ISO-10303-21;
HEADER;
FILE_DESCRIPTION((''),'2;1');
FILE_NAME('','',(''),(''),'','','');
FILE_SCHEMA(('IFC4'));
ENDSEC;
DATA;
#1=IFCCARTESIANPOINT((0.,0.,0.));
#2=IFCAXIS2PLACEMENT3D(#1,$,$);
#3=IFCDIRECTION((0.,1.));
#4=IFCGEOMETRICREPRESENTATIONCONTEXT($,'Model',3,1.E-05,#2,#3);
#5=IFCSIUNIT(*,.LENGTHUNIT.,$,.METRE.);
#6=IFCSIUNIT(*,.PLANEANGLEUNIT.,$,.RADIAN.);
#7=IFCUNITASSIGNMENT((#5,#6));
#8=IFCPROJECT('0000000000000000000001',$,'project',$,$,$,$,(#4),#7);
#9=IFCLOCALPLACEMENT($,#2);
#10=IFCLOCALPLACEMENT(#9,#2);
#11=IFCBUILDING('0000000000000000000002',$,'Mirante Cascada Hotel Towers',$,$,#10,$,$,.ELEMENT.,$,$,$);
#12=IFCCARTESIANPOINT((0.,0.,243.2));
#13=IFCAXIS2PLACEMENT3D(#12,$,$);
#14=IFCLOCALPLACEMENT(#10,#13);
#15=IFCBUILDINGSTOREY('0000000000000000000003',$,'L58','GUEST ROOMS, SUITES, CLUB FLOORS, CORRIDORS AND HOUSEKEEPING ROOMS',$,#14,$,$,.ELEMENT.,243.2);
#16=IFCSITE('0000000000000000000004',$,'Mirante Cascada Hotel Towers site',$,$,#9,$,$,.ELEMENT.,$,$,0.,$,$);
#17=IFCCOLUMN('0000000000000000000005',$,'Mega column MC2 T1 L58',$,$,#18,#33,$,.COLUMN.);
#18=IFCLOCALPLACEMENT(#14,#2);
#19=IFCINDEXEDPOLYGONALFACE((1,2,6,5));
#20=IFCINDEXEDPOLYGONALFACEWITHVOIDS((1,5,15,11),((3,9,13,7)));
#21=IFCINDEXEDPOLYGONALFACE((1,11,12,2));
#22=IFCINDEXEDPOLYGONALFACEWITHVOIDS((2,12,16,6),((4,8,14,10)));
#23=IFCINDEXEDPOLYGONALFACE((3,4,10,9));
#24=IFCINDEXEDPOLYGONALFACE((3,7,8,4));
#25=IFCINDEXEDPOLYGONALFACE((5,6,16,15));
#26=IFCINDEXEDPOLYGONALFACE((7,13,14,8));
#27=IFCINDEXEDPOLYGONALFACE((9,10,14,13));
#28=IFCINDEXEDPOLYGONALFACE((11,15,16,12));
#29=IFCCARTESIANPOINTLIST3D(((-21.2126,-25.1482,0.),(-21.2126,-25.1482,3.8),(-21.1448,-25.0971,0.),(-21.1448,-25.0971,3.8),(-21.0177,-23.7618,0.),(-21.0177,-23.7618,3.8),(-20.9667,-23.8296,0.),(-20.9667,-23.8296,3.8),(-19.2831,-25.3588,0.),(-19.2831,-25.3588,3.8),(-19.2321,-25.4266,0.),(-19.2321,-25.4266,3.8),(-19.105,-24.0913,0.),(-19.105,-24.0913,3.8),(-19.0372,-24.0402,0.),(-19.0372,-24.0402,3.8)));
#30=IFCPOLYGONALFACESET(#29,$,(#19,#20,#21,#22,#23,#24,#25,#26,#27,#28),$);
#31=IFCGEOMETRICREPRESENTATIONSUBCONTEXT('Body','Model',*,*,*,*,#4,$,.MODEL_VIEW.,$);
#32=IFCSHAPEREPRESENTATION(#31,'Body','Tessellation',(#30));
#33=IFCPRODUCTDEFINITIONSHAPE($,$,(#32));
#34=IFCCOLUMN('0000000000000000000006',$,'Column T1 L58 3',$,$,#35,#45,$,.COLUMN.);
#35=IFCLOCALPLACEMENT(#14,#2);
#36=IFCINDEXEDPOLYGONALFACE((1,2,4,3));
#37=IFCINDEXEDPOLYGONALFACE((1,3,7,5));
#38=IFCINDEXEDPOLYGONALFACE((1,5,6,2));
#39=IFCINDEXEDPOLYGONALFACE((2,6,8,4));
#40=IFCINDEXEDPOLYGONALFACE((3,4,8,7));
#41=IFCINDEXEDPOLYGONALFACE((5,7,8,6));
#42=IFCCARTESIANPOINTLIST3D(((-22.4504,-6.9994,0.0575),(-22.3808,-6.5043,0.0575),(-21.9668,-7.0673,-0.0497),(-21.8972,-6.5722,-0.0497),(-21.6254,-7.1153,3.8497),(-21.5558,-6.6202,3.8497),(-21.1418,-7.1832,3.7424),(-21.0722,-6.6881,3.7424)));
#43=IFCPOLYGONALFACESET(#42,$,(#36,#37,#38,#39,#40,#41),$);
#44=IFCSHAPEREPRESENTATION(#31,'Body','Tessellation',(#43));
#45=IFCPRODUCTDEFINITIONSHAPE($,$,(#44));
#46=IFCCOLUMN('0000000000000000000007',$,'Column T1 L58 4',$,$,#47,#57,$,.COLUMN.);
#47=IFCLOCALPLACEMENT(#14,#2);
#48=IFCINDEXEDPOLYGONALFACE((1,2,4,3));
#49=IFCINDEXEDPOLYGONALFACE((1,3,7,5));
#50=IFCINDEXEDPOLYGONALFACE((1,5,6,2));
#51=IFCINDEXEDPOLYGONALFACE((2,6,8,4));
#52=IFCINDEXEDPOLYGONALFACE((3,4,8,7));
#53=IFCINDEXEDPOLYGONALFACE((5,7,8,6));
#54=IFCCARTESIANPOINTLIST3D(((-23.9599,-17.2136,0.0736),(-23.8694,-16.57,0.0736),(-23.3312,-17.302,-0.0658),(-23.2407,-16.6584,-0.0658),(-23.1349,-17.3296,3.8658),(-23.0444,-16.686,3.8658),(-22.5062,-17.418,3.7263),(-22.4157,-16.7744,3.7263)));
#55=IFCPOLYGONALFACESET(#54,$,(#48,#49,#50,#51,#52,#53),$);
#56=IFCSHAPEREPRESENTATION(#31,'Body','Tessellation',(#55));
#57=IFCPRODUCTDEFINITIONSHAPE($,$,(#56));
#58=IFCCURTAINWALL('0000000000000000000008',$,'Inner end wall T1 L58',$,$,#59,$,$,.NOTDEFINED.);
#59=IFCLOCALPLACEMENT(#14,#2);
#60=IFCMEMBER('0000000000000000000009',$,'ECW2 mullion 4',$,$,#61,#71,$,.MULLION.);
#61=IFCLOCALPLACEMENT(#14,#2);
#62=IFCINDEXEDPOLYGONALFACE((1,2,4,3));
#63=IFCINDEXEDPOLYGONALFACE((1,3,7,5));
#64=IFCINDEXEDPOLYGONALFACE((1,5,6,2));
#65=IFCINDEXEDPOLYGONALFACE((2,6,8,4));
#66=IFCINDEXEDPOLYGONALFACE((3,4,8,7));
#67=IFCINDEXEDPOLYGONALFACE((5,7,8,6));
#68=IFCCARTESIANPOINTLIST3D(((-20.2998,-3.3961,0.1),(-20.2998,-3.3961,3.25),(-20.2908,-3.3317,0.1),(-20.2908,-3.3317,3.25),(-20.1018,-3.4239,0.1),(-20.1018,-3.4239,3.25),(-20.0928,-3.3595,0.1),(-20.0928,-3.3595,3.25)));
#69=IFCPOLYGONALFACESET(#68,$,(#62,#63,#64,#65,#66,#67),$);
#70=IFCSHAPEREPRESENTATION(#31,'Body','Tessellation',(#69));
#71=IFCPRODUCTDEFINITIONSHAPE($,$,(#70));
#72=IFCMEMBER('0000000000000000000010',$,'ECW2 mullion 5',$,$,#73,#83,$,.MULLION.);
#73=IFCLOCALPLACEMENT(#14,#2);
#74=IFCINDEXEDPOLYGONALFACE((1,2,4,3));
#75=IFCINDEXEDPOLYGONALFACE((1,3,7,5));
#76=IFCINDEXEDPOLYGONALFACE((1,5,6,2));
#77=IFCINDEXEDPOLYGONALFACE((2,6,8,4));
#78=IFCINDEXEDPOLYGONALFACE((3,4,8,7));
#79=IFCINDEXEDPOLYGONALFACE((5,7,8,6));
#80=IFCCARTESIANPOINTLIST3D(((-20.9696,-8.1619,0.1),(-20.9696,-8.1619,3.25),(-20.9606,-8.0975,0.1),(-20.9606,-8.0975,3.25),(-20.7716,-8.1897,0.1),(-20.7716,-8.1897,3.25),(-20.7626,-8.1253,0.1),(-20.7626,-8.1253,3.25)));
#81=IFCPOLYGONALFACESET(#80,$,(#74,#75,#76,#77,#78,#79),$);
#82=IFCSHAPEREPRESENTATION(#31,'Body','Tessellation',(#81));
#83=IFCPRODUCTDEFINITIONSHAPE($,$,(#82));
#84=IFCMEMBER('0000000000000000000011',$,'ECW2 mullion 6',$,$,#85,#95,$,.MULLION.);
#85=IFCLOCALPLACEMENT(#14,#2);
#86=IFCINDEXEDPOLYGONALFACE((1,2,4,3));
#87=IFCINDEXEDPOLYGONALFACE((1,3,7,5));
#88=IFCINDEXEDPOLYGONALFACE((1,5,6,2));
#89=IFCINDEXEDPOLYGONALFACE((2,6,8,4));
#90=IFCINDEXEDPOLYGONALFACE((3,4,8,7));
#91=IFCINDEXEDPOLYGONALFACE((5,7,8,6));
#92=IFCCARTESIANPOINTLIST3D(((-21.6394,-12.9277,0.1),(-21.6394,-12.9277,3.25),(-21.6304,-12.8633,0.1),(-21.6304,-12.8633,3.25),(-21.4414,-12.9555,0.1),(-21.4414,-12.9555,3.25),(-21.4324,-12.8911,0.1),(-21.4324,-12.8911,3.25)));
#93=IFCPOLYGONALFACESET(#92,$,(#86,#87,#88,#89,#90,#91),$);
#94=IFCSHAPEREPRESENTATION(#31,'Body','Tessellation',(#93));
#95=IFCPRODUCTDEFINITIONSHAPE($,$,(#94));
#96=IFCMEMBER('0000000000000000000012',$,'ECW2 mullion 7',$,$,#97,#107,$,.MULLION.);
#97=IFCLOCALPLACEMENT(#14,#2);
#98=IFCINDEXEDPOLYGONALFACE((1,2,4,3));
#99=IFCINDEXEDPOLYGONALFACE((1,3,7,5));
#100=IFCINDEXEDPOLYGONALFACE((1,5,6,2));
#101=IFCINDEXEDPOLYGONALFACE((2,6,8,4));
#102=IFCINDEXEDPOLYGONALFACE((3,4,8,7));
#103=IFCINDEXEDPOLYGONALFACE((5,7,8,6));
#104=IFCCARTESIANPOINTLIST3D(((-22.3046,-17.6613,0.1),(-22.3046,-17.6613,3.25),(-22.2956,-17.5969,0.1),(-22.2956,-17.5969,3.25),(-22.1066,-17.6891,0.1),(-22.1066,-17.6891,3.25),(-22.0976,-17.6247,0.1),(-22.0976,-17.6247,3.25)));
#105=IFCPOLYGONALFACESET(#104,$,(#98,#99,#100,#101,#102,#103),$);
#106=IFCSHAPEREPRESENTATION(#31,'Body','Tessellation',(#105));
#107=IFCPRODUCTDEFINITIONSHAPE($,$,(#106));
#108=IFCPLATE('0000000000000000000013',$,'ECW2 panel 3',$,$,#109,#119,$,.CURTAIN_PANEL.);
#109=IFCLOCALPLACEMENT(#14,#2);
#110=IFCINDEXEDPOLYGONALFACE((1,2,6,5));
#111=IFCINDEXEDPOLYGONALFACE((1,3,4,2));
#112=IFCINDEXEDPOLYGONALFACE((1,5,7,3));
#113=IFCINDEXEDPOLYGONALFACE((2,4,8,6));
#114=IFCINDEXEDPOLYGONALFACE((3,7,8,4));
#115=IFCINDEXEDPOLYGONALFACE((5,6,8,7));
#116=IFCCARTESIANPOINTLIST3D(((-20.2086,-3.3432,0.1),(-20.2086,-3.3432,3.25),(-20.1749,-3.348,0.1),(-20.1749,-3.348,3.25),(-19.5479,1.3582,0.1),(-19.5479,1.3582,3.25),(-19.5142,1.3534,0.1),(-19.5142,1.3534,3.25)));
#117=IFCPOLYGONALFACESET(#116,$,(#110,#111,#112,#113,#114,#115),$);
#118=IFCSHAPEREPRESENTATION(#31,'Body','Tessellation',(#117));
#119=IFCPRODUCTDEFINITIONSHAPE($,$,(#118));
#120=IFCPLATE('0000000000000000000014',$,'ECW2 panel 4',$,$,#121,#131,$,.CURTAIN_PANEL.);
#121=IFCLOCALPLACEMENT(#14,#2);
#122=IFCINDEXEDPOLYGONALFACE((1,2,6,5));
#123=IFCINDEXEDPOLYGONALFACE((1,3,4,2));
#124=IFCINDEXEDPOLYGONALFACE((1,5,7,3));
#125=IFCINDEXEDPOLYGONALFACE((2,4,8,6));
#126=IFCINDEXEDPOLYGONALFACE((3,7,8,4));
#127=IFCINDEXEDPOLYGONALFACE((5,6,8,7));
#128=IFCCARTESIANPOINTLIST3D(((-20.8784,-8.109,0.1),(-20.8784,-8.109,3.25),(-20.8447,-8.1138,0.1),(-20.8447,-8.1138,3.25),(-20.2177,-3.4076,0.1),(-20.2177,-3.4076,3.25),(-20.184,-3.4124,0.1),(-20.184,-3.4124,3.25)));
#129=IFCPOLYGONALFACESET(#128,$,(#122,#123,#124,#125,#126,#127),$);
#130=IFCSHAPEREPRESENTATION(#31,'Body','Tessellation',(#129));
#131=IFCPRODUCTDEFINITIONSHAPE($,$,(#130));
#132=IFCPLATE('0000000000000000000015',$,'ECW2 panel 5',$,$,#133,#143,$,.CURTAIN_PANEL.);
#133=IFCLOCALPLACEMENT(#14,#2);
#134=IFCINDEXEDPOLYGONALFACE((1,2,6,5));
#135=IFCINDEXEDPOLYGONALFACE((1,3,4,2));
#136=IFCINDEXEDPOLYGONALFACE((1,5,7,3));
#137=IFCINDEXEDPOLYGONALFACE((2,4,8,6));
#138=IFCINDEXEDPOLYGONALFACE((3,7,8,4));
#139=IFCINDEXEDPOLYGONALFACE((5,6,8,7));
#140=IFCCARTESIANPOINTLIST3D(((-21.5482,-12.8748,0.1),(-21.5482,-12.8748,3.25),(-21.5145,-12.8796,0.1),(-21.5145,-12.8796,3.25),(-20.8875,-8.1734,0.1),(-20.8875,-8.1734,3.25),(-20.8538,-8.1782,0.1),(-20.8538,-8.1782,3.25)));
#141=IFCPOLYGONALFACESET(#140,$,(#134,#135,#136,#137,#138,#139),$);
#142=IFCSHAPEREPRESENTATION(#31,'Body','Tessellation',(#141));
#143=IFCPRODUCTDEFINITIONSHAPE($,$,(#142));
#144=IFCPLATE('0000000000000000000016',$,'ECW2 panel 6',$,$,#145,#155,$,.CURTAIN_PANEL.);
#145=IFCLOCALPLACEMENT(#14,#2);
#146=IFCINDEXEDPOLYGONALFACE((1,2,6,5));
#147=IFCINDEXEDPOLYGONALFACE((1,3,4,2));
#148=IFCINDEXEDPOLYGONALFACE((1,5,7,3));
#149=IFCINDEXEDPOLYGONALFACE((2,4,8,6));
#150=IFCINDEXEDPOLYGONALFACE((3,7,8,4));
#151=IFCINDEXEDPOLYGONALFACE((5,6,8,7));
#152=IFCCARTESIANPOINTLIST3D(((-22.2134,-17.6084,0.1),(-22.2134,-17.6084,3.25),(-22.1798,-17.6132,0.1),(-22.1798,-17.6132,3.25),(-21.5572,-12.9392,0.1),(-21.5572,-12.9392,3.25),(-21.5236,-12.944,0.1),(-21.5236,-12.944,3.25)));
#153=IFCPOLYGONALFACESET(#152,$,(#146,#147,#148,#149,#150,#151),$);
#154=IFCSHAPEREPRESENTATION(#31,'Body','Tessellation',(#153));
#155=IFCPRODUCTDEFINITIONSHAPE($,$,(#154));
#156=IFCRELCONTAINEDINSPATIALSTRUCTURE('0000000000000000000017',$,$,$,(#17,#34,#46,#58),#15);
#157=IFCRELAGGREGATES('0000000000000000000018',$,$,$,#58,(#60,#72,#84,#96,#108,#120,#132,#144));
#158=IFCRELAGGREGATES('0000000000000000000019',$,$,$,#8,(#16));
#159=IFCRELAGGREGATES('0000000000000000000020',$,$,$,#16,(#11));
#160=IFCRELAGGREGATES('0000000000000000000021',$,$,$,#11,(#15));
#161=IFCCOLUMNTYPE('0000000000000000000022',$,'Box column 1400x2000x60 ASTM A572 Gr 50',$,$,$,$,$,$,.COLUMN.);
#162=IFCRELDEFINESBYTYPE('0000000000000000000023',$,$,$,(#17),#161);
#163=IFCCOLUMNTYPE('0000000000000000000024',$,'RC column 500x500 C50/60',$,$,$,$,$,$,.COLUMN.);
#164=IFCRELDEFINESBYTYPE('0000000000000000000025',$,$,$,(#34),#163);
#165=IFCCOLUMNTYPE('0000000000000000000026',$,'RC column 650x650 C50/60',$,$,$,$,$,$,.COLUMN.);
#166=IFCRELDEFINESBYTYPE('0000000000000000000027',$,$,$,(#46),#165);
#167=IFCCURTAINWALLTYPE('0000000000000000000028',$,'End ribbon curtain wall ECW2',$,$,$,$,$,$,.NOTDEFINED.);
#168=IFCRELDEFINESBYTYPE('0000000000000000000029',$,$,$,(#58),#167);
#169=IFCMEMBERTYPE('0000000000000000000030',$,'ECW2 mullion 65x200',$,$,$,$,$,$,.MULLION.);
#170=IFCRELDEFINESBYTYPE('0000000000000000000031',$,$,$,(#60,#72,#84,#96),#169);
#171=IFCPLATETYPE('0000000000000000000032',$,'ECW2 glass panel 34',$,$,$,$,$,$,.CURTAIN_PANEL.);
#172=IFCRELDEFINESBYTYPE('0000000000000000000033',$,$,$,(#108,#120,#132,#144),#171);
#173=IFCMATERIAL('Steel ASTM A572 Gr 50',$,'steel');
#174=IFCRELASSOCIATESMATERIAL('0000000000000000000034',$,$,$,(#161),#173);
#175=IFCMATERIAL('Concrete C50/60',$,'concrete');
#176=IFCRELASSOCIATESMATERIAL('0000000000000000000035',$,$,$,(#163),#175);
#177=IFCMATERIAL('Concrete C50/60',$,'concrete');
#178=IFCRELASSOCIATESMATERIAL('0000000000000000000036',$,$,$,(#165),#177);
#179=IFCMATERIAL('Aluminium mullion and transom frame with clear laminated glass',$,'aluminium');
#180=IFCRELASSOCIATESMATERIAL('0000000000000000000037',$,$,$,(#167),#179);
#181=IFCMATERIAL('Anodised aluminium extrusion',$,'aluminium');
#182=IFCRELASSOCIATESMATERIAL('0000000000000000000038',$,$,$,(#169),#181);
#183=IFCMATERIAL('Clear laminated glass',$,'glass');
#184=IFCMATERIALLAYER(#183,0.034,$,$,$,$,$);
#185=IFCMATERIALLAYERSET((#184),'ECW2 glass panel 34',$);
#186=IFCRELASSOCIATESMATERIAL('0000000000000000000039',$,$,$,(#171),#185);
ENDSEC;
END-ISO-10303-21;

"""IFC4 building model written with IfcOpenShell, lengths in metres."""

from ifc_helpers import new_model, si_unit, direction, frame, origin, origin_2d, place, context, subcontext, project, spatial, rectangle, hollow_rectangle, extrude, material, layer, layer_set, material_profile, profile_set, type_object, element, aggregate, save


model = new_model("IFC4")

# Units and contexts
model_context = context("Model", 3, precision=1e-05, world=origin(), true_north=direction((0.0, 1.0)))
body_context = subcontext(model_context, "Body", "Model", "MODEL_VIEW")
ifc_project = project(units=[si_unit("LENGTHUNIT", "METRE"), si_unit("PLANEANGLEUNIT", "RADIAN")], contexts=[model_context])

# Site, building, storey
site_placement = place(None, origin())
site = spatial("IfcSite", under=ifc_project, at=site_placement, Name="Mirante Cascada Hotel Towers site", CompositionType="ELEMENT", RefElevation=0.0)
building_placement = place(site_placement, origin())
building = spatial("IfcBuilding", under=site, at=building_placement, Name="Mirante Cascada Hotel Towers", CompositionType="ELEMENT")
storey_placement = place(building_placement, frame((0.0, 0.0, 243.2)))
storey = spatial("IfcBuildingStorey", under=building, at=storey_placement, Name="L58", Description="GUEST ROOMS, SUITES, CLUB FLOORS, CORRIDORS AND HOUSEKEEPING ROOMS", CompositionType="ELEMENT", Elevation=243.2)

# Columns
ifc_material_1 = material(Name="Steel ASTM A572 Gr 50", Category="steel")
ifc_material_profile_1 = material_profile(ifc_material_1, hollow_rectangle(XDim=2.0, YDim=1.4, WallThickness=0.06, at=origin_2d()), Name="Box column 1400x2000x60 ASTM A572 Gr 50")
ifc_profile_set_1 = profile_set([ifc_material_profile_1], Name="Steel ASTM A572 Gr 50")
column_type_1 = type_object("IfcColumnType", Name="Box column 1400x2000x60 ASTM A572 Gr 50", PredefinedType="COLUMN", material=ifc_profile_set_1)
column_1_placement = place(storey_placement, frame((-20.1249, -24.5942, 0.0), z_axis=(0.0, 0.0, 1.0), x_axis=(-0.990268, 0.139173, 0.0)))
element("IfcColumn", 1, at=column_1_placement, inside=storey, type_object=column_type_1, Name="Mega column MC2 T1 L58", PredefinedType="COLUMN", context=body_context, shape_type="SweptSolid", body=[
    extrude(hollow_rectangle(XDim=2.0, YDim=1.4, WallThickness=0.06, at=origin_2d()), origin(), (0.0, 0.0, 1.0), 3.8),
])
ifc_material_2 = material(Name="Concrete C50/60", Category="concrete")
ifc_material_profile_2 = material_profile(ifc_material_2, rectangle(XDim=0.5, YDim=0.5, at=origin_2d()), Name="RC column 500x500 C50/60")
ifc_profile_set_2 = profile_set([ifc_material_profile_2], Name="Concrete C50/60")
column_type_2 = type_object("IfcColumnType", Name="RC column 500x500 C50/60", PredefinedType="COLUMN", material=ifc_profile_set_2)
column_2_placement = place(storey_placement, frame((-22.1738, -6.7858, 0.0039), z_axis=(0.212485, -0.029851, 0.976708), x_axis=(0.139119, 0.990276, 0.0)))
element("IfcColumn", 2, at=column_2_placement, inside=storey, type_object=column_type_2, Name="Column T1 L58 3", PredefinedType="COLUMN", context=body_context, shape_type="SweptSolid", body=[
    extrude(rectangle(XDim=0.5, YDim=0.5, at=origin_2d()), origin(), (0.0, 0.0, 1.0), 3.8826),
])
ifc_material_3 = material(Name="Concrete C50/60", Category="concrete")
ifc_material_profile_3 = material_profile(ifc_material_3, rectangle(XDim=0.65, YDim=0.65, at=origin_2d()), Name="RC column 650x650 C50/60")
ifc_profile_set_3 = profile_set([ifc_material_profile_3], Name="Concrete C50/60")
column_type_3 = type_object("IfcColumnType", Name="RC column 650x650 C50/60", PredefinedType="COLUMN", material=ifc_profile_set_3)
column_3_placement = place(storey_placement, frame((-23.6003, -16.936, 0.0039), z_axis=(0.212484, -0.029877, 0.976708), x_axis=(0.139236, 0.990259, 0.0)))
element("IfcColumn", 3, at=column_3_placement, inside=storey, type_object=column_type_3, Name="Column T1 L58 4", PredefinedType="COLUMN", context=body_context, shape_type="SweptSolid", body=[
    extrude(rectangle(XDim=0.65, YDim=0.65, at=origin_2d()), origin(), (0.0, 0.0, 1.0), 3.8826),
])

# Curtain wall, members, plates
ifc_material_4 = material(Name="Aluminium mullion and transom frame with clear laminated glass", Category="aluminium")
curtain_wall_type = type_object("IfcCurtainWallType", Name="End ribbon curtain wall ECW2", PredefinedType="NOTDEFINED", material=ifc_material_4)
curtain_wall_placement = place(storey_placement, origin())
curtain_wall = element("IfcCurtainWall", 4, at=curtain_wall_placement, inside=storey, type_object=curtain_wall_type, Name="Inner end wall T1 L58", PredefinedType="NOTDEFINED")
ifc_material_5 = material(Name="Anodised aluminium extrusion", Category="aluminium")
ifc_material_profile_4 = material_profile(ifc_material_5, rectangle(XDim=0.2, YDim=0.065, at=origin_2d()), Name="ECW2 MULLION 65x200")
ifc_profile_set_4 = profile_set([ifc_material_profile_4], Name="Anodised aluminium extrusion")
member_type = type_object("IfcMemberType", Name="ECW2 mullion 65x200", PredefinedType="MULLION", material=ifc_profile_set_4)
member_1_placement = place(storey_placement, frame((-20.1963, -3.3778, 0.1), z_axis=(0.0, 0.0, 1.0), x_axis=(0.990268, -0.139173, 0.0)))
member_1 = element("IfcMember", 5, at=member_1_placement, type_object=member_type, Name="ECW2 mullion 4", PredefinedType="MULLION", context=body_context, shape_type="SweptSolid", body=[
    extrude(rectangle(XDim=0.2, YDim=0.065, at=origin_2d()), origin(), (0.0, 0.0, 1.0), 3.15),
])
member_2_placement = place(storey_placement, frame((-20.8661, -8.1436, 0.1), z_axis=(0.0, 0.0, 1.0), x_axis=(0.990268, -0.139173, 0.0)))
member_2 = element("IfcMember", 6, at=member_2_placement, type_object=member_type, Name="ECW2 mullion 5", PredefinedType="MULLION", context=body_context, shape_type="SweptSolid", body=[
    extrude(rectangle(XDim=0.2, YDim=0.065, at=origin_2d()), origin(), (0.0, 0.0, 1.0), 3.15),
])
member_3_placement = place(storey_placement, frame((-21.5359, -12.9094, 0.1), z_axis=(0.0, 0.0, 1.0), x_axis=(0.990268, -0.139173, 0.0)))
member_3 = element("IfcMember", 7, at=member_3_placement, type_object=member_type, Name="ECW2 mullion 6", PredefinedType="MULLION", context=body_context, shape_type="SweptSolid", body=[
    extrude(rectangle(XDim=0.2, YDim=0.065, at=origin_2d()), origin(), (0.0, 0.0, 1.0), 3.15),
])
member_4_placement = place(storey_placement, frame((-22.2011, -17.643, 0.1), z_axis=(0.0, 0.0, 1.0), x_axis=(0.990268, -0.139173, 0.0)))
member_4 = element("IfcMember", 8, at=member_4_placement, type_object=member_type, Name="ECW2 mullion 7", PredefinedType="MULLION", context=body_context, shape_type="SweptSolid", body=[
    extrude(rectangle(XDim=0.2, YDim=0.065, at=origin_2d()), origin(), (0.0, 0.0, 1.0), 3.15),
])
ifc_material_6 = material(Name="Clear laminated glass", Category="glass")
ifc_layer_1 = layer(ifc_material_6, 0.034)
ifc_layer_set_1 = layer_set([ifc_layer_1], Name="ECW2 glass panel 34")
plate_type = type_object("IfcPlateType", Name="ECW2 glass panel 34", PredefinedType="CURTAIN_PANEL", material=ifc_layer_set_1)
plate_1_placement = place(storey_placement, frame((-19.8614, -0.9949, 0.1), z_axis=(0.0, 0.0, 1.0), x_axis=(-0.139173, -0.990268, 0.0)))
plate_1 = element("IfcPlate", 9, at=plate_1_placement, type_object=plate_type, Name="ECW2 panel 3", PredefinedType="CURTAIN_PANEL", context=body_context, shape_type="SweptSolid", body=[
    extrude(rectangle(XDim=4.7476, YDim=0.034, at=origin_2d()), origin(), (0.0, 0.0, 1.0), 3.15),
])
plate_2_placement = place(storey_placement, frame((-20.5312, -5.7607, 0.1), z_axis=(0.0, 0.0, 1.0), x_axis=(-0.139173, -0.990268, 0.0)))
plate_2 = element("IfcPlate", 10, at=plate_2_placement, type_object=plate_type, Name="ECW2 panel 4", PredefinedType="CURTAIN_PANEL", context=body_context, shape_type="SweptSolid", body=[
    extrude(rectangle(XDim=4.7476, YDim=0.034, at=origin_2d()), origin(), (0.0, 0.0, 1.0), 3.15),
])
plate_3_placement = place(storey_placement, frame((-21.201, -10.5265, 0.1), z_axis=(0.0, 0.0, 1.0), x_axis=(-0.139173, -0.990268, 0.0)))
plate_3 = element("IfcPlate", 11, at=plate_3_placement, type_object=plate_type, Name="ECW2 panel 5", PredefinedType="CURTAIN_PANEL", context=body_context, shape_type="SweptSolid", body=[
    extrude(rectangle(XDim=4.7476, YDim=0.034, at=origin_2d()), origin(), (0.0, 0.0, 1.0), 3.15),
])
plate_4_placement = place(storey_placement, frame((-21.8685, -15.2762, 0.1), z_axis=(0.0, 0.0, 1.0), x_axis=(-0.139173, -0.990268, 0.0)))
plate_4 = element("IfcPlate", 12, at=plate_4_placement, type_object=plate_type, Name="ECW2 panel 6", PredefinedType="CURTAIN_PANEL", context=body_context, shape_type="SweptSolid", body=[
    extrude(rectangle(XDim=4.7151, YDim=0.034, at=origin_2d()), origin(), (0.0, 0.0, 1.0), 3.15),
])
aggregate(curtain_wall, [member_1, member_2, member_3, member_4, plate_1, plate_2, plate_3, plate_4])

save(model, "model.ifc")
